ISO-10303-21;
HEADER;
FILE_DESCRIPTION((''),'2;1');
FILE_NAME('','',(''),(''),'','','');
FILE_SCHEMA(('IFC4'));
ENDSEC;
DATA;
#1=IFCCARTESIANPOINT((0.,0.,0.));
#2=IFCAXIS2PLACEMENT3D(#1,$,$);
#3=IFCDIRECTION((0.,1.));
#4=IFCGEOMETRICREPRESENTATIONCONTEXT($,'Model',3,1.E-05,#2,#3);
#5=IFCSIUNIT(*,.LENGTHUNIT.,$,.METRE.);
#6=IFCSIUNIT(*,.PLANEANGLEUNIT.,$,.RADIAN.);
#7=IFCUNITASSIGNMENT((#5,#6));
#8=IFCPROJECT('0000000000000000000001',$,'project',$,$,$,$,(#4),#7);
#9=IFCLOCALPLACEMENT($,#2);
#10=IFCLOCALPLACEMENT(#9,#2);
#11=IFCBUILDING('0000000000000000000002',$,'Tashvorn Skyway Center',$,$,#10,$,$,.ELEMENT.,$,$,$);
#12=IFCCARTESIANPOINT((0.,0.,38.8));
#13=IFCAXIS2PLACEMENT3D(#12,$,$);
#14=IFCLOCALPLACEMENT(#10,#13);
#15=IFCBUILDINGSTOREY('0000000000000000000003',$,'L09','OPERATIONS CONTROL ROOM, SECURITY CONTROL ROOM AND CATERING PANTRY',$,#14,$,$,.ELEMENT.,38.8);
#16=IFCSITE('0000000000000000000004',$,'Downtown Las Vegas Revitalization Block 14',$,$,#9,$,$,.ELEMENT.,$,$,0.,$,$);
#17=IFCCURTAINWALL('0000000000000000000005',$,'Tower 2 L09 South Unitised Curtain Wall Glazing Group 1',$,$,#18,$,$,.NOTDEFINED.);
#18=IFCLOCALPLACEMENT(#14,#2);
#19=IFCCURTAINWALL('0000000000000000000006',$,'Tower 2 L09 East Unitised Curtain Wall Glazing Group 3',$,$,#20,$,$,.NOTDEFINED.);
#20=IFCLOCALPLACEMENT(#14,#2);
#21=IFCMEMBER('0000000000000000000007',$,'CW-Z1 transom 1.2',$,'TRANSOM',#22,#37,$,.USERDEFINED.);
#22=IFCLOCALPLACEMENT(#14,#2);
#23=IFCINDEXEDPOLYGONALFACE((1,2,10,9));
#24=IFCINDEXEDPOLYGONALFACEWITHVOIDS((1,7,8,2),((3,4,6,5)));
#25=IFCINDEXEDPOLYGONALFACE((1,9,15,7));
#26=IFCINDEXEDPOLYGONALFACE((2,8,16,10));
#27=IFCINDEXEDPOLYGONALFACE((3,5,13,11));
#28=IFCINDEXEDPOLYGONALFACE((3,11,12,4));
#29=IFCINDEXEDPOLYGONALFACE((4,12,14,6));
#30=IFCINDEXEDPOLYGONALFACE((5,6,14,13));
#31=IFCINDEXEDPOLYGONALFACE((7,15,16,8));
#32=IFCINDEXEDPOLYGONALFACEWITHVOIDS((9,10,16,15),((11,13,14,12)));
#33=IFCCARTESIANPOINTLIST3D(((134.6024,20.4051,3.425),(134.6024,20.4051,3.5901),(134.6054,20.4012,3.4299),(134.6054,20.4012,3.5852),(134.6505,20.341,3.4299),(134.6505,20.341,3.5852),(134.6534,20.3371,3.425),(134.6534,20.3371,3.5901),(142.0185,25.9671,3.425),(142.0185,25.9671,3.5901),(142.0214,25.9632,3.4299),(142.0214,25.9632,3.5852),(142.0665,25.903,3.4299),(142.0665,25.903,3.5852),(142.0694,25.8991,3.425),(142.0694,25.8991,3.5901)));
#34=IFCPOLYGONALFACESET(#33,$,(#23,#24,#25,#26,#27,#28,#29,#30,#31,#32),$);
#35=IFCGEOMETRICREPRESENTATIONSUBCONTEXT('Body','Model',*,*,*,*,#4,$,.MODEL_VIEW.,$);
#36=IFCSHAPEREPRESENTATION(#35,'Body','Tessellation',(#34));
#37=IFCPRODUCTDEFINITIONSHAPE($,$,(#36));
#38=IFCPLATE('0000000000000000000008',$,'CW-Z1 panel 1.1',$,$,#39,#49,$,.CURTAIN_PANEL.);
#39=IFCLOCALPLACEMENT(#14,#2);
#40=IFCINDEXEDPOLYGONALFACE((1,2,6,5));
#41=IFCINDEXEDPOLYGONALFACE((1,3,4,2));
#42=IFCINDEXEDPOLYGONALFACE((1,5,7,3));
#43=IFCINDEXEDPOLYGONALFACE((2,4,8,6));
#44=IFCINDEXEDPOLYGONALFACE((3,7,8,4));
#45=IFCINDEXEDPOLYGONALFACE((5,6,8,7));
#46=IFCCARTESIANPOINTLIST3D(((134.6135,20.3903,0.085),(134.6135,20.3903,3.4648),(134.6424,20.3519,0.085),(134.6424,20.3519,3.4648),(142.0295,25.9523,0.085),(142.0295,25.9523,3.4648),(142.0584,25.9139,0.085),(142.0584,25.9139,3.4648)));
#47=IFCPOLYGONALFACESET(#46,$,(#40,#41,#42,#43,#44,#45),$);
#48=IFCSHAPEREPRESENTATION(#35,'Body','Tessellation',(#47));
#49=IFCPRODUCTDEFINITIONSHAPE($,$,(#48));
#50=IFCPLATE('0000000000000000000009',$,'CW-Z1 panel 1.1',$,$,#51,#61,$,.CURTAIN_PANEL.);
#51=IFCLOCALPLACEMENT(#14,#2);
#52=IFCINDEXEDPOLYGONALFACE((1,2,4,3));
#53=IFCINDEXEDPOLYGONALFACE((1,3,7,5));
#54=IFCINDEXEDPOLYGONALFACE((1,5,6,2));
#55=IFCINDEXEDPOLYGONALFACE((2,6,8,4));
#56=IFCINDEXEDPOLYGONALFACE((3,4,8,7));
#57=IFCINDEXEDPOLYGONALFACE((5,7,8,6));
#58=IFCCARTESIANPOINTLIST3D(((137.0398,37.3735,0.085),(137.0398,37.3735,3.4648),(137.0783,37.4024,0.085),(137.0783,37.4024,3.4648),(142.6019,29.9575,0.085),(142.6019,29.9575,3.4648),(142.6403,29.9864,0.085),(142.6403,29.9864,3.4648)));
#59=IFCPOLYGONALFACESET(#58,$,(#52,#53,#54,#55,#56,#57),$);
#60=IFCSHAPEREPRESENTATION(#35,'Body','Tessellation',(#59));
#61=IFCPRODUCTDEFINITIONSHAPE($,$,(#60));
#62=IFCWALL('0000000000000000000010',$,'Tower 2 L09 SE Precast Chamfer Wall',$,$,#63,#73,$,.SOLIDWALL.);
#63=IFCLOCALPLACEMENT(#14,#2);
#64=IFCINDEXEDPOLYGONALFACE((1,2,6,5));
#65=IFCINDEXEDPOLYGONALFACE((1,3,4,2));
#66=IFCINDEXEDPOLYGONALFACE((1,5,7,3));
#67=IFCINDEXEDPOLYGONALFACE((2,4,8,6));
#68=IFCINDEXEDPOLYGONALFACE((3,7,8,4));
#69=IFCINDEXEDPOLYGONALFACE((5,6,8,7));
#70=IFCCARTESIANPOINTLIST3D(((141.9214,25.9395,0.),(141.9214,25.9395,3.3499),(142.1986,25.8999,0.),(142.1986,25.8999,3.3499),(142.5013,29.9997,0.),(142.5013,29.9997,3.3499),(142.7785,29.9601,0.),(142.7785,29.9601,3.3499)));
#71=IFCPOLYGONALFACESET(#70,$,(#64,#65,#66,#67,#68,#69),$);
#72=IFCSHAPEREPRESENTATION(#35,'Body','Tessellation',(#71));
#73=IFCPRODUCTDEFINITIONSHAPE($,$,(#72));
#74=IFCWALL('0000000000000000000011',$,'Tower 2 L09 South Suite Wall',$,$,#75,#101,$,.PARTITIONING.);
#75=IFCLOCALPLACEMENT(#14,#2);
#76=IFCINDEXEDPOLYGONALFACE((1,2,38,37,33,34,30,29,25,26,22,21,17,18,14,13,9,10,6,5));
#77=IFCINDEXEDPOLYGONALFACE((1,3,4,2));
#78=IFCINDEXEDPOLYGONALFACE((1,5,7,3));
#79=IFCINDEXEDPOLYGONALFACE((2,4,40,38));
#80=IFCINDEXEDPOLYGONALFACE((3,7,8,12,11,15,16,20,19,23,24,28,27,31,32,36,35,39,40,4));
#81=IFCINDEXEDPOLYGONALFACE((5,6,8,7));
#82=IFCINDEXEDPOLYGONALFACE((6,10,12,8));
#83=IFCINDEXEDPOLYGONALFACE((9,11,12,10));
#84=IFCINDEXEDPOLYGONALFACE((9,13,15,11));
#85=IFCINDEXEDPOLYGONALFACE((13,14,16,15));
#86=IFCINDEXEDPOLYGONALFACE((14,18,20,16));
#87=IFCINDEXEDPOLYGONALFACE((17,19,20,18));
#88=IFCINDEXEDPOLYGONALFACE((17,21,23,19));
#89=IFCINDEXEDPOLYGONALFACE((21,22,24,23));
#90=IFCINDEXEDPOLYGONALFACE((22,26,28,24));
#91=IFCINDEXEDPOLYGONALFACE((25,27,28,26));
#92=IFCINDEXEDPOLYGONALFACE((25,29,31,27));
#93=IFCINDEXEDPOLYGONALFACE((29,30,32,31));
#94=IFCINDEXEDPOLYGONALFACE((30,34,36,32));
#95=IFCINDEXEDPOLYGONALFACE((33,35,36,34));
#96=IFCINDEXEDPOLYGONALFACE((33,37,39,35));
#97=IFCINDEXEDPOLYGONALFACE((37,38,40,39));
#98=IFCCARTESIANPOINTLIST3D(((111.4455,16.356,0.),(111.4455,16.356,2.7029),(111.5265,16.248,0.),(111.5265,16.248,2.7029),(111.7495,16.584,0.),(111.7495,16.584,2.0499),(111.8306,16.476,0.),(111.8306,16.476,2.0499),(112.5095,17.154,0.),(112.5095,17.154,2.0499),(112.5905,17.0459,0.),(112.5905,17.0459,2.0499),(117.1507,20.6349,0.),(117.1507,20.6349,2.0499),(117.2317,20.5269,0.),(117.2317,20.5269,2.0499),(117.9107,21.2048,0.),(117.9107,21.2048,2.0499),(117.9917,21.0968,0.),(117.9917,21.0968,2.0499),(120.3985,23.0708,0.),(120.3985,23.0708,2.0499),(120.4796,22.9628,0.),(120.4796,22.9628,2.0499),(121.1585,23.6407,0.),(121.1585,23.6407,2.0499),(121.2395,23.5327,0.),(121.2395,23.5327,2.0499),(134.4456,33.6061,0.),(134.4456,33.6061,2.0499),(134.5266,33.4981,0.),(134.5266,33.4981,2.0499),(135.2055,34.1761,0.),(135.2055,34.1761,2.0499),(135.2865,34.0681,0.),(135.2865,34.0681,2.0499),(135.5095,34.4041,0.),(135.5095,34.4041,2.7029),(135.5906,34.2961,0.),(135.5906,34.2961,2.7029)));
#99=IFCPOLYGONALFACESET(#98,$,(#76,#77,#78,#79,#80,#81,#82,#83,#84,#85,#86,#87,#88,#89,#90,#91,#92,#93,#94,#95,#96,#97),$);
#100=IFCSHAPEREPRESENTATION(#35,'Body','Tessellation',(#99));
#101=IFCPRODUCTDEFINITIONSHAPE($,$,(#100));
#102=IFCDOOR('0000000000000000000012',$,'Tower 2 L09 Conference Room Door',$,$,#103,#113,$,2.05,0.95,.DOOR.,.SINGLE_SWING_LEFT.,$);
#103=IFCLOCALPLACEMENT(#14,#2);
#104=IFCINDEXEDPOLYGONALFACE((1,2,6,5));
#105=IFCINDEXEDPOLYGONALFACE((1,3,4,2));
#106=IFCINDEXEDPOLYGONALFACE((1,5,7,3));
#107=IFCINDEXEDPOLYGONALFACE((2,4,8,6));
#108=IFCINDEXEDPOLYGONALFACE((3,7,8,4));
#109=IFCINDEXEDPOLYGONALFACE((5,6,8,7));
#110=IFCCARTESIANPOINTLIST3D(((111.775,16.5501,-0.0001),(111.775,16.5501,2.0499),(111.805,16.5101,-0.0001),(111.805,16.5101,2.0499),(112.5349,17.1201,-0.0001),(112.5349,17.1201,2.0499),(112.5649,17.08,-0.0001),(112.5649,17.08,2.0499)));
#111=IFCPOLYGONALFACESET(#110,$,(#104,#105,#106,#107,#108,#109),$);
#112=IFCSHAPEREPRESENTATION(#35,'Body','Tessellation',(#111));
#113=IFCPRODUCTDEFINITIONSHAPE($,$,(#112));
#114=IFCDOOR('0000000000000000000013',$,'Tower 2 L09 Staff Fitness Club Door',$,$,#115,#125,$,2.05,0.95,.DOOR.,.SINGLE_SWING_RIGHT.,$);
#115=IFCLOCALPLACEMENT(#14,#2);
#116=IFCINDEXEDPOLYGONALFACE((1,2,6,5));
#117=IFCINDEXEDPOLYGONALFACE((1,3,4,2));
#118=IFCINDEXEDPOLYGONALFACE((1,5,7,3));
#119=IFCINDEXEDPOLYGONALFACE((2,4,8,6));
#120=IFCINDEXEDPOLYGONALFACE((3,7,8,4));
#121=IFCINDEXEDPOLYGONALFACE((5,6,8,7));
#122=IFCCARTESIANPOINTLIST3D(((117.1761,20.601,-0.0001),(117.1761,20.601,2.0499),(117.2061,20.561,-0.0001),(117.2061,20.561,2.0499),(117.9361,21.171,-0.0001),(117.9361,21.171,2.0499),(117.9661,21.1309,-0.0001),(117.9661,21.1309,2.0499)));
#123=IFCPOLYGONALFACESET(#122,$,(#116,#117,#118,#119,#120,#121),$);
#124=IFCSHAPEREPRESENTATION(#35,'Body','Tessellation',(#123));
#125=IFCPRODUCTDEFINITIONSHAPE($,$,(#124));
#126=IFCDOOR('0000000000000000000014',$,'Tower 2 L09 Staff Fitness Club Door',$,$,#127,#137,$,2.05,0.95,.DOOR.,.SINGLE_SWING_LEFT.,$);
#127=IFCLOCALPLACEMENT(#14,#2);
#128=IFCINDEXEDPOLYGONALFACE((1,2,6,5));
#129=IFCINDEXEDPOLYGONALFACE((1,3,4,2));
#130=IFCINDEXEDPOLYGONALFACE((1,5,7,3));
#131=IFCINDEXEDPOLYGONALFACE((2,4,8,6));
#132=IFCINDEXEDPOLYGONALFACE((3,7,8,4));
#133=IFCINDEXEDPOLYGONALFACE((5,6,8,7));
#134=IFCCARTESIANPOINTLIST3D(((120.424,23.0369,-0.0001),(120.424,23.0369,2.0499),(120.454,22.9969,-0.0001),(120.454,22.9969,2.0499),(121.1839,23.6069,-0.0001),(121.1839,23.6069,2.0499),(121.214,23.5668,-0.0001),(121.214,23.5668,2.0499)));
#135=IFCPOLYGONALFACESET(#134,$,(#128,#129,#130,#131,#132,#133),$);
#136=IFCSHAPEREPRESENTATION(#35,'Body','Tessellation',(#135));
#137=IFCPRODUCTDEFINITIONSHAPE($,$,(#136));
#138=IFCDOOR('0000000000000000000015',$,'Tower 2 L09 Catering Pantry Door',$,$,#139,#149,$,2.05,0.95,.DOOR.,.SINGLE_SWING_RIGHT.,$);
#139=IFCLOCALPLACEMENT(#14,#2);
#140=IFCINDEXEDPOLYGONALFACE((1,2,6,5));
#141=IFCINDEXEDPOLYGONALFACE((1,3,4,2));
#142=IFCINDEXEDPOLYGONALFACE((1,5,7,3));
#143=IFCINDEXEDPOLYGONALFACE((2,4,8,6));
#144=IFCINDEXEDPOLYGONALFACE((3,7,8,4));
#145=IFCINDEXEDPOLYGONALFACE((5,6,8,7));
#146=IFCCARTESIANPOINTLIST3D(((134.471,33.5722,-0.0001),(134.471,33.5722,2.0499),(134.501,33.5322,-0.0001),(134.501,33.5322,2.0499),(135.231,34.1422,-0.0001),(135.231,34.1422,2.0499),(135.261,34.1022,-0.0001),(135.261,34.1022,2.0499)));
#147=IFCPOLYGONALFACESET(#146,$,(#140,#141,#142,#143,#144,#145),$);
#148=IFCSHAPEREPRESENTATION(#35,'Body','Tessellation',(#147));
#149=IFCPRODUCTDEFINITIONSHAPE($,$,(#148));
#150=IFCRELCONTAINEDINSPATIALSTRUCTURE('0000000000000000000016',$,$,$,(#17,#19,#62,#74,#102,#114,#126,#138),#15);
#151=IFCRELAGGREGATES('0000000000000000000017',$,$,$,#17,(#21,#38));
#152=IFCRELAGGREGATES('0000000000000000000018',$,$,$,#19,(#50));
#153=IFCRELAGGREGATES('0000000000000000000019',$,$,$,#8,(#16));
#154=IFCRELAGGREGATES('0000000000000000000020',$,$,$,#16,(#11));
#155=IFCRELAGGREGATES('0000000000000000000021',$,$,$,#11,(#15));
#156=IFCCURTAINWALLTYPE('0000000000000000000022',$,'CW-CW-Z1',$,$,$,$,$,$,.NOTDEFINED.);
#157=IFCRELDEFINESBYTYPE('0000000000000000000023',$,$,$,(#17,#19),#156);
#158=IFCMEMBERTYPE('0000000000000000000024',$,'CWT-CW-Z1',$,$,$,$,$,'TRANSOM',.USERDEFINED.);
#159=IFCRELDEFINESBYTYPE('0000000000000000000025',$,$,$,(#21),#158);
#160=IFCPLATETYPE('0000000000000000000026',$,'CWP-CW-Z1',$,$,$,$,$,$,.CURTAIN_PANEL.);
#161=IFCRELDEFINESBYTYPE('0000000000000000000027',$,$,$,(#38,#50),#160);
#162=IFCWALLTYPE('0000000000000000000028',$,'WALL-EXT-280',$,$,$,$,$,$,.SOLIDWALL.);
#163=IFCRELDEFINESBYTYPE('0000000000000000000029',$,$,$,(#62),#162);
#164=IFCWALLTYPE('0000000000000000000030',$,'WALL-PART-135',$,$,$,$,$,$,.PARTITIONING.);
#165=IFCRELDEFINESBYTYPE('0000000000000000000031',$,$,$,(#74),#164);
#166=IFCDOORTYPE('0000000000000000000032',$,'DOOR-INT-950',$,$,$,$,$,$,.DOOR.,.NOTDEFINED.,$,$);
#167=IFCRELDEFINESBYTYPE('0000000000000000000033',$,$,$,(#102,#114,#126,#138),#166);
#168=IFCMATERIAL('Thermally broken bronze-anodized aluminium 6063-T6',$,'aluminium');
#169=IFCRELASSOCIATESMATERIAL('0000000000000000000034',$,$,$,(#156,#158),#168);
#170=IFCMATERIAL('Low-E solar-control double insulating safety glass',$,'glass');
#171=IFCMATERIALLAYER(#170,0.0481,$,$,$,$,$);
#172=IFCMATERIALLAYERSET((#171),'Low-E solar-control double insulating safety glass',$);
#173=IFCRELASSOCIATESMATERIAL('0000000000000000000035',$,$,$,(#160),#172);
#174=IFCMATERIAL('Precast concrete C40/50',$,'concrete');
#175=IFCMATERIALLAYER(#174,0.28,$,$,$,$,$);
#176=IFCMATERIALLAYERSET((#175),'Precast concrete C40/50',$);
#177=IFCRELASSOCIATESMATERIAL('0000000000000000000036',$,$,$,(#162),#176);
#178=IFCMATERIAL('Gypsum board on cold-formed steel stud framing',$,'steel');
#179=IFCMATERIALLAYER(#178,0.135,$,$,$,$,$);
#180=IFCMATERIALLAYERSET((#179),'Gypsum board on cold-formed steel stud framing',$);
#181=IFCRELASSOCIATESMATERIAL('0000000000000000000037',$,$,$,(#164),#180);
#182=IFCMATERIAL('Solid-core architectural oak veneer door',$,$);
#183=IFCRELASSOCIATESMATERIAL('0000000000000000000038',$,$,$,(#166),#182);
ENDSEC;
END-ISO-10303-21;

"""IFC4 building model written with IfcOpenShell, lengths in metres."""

from ifc_helpers import new_model, si_unit, direction, frame, frame_2d, origin, origin_2d, place, context, subcontext, project, spatial, rectangle, hollow_rectangle, extrude, material, layer, layer_set, material_profile, profile_set, type_object, element, fill, aggregate, save


model = new_model("IFC4")

# Units and contexts
model_context = context("Model", 3, precision=1e-05, world=origin(), true_north=direction((0.0, 1.0)))
body_context = subcontext(model_context, "Body", "Model", "MODEL_VIEW")
ifc_project = project(units=[si_unit("LENGTHUNIT", "METRE"), si_unit("PLANEANGLEUNIT", "RADIAN")], contexts=[model_context])

# Site, building, storey
site_placement = place(None, origin())
site = spatial("IfcSite", under=ifc_project, at=site_placement, Name="Downtown Las Vegas Revitalization Block 14", CompositionType="ELEMENT", RefElevation=0.0)
building_placement = place(site_placement, origin())
building = spatial("IfcBuilding", under=site, at=building_placement, Name="Tashvorn Skyway Center", CompositionType="ELEMENT")
storey_placement = place(building_placement, frame((0.0, 0.0, 38.8)))
storey = spatial("IfcBuildingStorey", under=building, at=storey_placement, Name="L09", Description="OPERATIONS CONTROL ROOM, SECURITY CONTROL ROOM AND CATERING PANTRY", CompositionType="ELEMENT", Elevation=38.8)

# Curtain wall
ifc_material_1 = material(Name="Thermally broken bronze-anodized aluminium 6063-T6", Category="aluminium")
curtain_wall_type = type_object("IfcCurtainWallType", Name="CW-CW-Z1", PredefinedType="NOTDEFINED", material=ifc_material_1)
curtain_wall_1_placement = place(storey_placement, origin())
curtain_wall_1 = element("IfcCurtainWall", 1, at=curtain_wall_1_placement, inside=storey, type_object=curtain_wall_type, Name="Tower 2 L09 South Unitised Curtain Wall Glazing Group 1", PredefinedType="NOTDEFINED")

# Curtain wall
curtain_wall_2_placement = place(storey_placement, origin())
curtain_wall_2 = element("IfcCurtainWall", 2, at=curtain_wall_2_placement, inside=storey, type_object=curtain_wall_type, Name="Tower 2 L09 East Unitised Curtain Wall Glazing Group 3", PredefinedType="NOTDEFINED")

# Member
ifc_material_profile_1 = material_profile(ifc_material_1, hollow_rectangle(XDim=0.085, YDim=0.165, WallThickness=0.0049, at=origin_2d()), Name="ALU-TRAN-85x165")
ifc_profile_set_1 = profile_set([ifc_material_profile_1], Name="Thermally broken bronze-anodized aluminium 6063-T6")
member_type_1 = type_object("IfcMemberType", Name="CWT-CW-Z1", ElementType="TRANSOM", PredefinedType="USERDEFINED", material=ifc_profile_set_1)
member_1_placement = place(storey_placement, frame((142.0439, 25.9331, 3.5076), z_axis=(-0.8, -0.6, 0.0), x_axis=(0.6, -0.8, 0.0)))
member_1 = element("IfcMember", 3, at=member_1_placement, type_object=member_type_1, Name="CW-Z1 transom 1.2", ObjectType="TRANSOM", PredefinedType="USERDEFINED", context=body_context, shape_type="SweptSolid", body=[
    extrude(hollow_rectangle(XDim=0.085, YDim=0.165, WallThickness=0.0049, at=origin_2d()), origin(), (0.0, 0.0, 1.0), 9.27),
])

# Plates
ifc_material_2 = material(Name="Low-E solar-control double insulating safety glass", Category="glass")
ifc_layer_1 = layer(ifc_material_2, 0.0481)
ifc_layer_set_1 = layer_set([ifc_layer_1], Name="Low-E solar-control double insulating safety glass")
plate_type = type_object("IfcPlateType", Name="CWP-CW-Z1", PredefinedType="CURTAIN_PANEL", material=ifc_layer_set_1)
plate_1_placement = place(storey_placement, frame((138.3359, 23.1521, 0.085), z_axis=(0.0, 0.0, 1.0), x_axis=(-0.8, -0.6, 0.0)))
plate_1 = element("IfcPlate", 4, at=plate_1_placement, type_object=plate_type, Name="CW-Z1 panel 1.1", PredefinedType="CURTAIN_PANEL", context=body_context, shape_type="SweptSolid", body=[
    extrude(rectangle(XDim=9.27, YDim=0.0481, at=origin_2d()), origin(), (0.0, 0.0, 1.0), 3.3799),
])
aggregate(curtain_wall_1, [member_1, plate_1])
plate_2_placement = place(storey_placement, frame((139.8401, 33.6799, 0.085), z_axis=(0.0, 0.0, 1.0), x_axis=(0.6, -0.8, 0.0)))
plate_2 = element("IfcPlate", 5, at=plate_2_placement, type_object=plate_type, Name="CW-Z1 panel 1.1", PredefinedType="CURTAIN_PANEL", context=body_context, shape_type="SweptSolid", body=[
    extrude(rectangle(XDim=9.27, YDim=0.0481, at=origin_2d()), origin(), (0.0, 0.0, 1.0), 3.3799),
])
aggregate(curtain_wall_2, [plate_2])

# Wall
ifc_material_3 = material(Name="Precast concrete C40/50", Category="concrete")
ifc_layer_2 = layer(ifc_material_3, 0.28)
ifc_layer_set_2 = layer_set([ifc_layer_2], Name="Precast concrete C40/50")
wall_type_1 = type_object("IfcWallType", Name="WALL-EXT-280", PredefinedType="SOLIDWALL", material=ifc_layer_set_2)
wall_1_placement = place(storey_placement, frame((142.6399, 29.98, 0.0), z_axis=(0.0, 0.0, 1.0), x_axis=(-0.14138, -0.989955, 0.0)))
element("IfcWall", 6, at=wall_1_placement, inside=storey, type_object=wall_type_1, Name="Tower 2 L09 SE Precast Chamfer Wall", PredefinedType="SOLIDWALL", context=body_context, shape_type="SweptSolid", body=[
    extrude(rectangle(XDim=4.1013, YDim=0.28, at=frame_2d((2.0508, 0.0))), origin(), (0.0, 0.0, 1.0), 3.3499),
])

# Wall, openings, doors
ifc_material_4 = material(Name="Gypsum board on cold-formed steel stud framing", Category="steel")
ifc_layer_3 = layer(ifc_material_4, 0.135)
ifc_layer_set_3 = layer_set([ifc_layer_3], Name="Gypsum board on cold-formed steel stud framing")
wall_type_2 = type_object("IfcWallType", Name="WALL-PART-135", PredefinedType="PARTITIONING", material=ifc_layer_set_3)
wall_2_placement = place(storey_placement, frame((135.55, 34.3501, 0.0), z_axis=(0.0, 0.0, 1.0), x_axis=(-0.799998, -0.600003, 0.0)))
wall_2 = element("IfcWall", 7, at=wall_2_placement, inside=storey, type_object=wall_type_2, Name="Tower 2 L09 South Suite Wall", PredefinedType="PARTITIONING", context=body_context, shape_type="SweptSolid", body=[
    extrude(rectangle(XDim=30.0801, YDim=0.135, at=frame_2d((15.04, 0.0))), origin(), (0.0, 0.0, 1.0), 2.7029),
])
opening_1_placement = place(wall_2_placement, frame((28.75, 0.0, 0.0)))
opening_1 = element("IfcOpeningElement", 8, at=opening_1_placement, cuts=wall_2, PredefinedType="OPENING", context=body_context, shape_type="SweptSolid", body=[
    extrude(rectangle(XDim=0.95, YDim=2.05, at=frame_2d((0.4751, 1.0249))), frame((0.0, 0.0774, 0.0), z_axis=(0.0, -1.0, 0.0), x_axis=(1.0, 0.0, 0.0)), (0.0, 0.0, 1.0), 0.155),
])
opening_2_placement = place(wall_2_placement, frame((21.9985, 0.0, 0.0)))
opening_2 = element("IfcOpeningElement", 9, at=opening_2_placement, cuts=wall_2, PredefinedType="OPENING", context=body_context, shape_type="SweptSolid", body=[
    extrude(rectangle(XDim=0.95, YDim=2.05, at=frame_2d((0.4751, 1.0249))), frame((0.0, 0.0774, 0.0), z_axis=(0.0, -1.0, 0.0), x_axis=(1.0, 0.0, 0.0)), (0.0, 0.0, 1.0), 0.155),
])
opening_3_placement = place(wall_2_placement, frame((17.9387, 0.0, 0.0)))
opening_3 = element("IfcOpeningElement", 10, at=opening_3_placement, cuts=wall_2, PredefinedType="OPENING", context=body_context, shape_type="SweptSolid", body=[
    extrude(rectangle(XDim=0.95, YDim=2.05, at=frame_2d((0.4751, 1.0249))), frame((0.0, 0.0774, 0.0), z_axis=(0.0, -1.0, 0.0), x_axis=(1.0, 0.0, 0.0)), (0.0, 0.0, 1.0), 0.155),
])
opening_4_placement = place(wall_2_placement, frame((0.3799, 0.0, 0.0)))
opening_4 = element("IfcOpeningElement", 11, at=opening_4_placement, cuts=wall_2, PredefinedType="OPENING", context=body_context, shape_type="SweptSolid", body=[
    extrude(rectangle(XDim=0.95, YDim=2.05, at=frame_2d((0.4751, 1.0249))), frame((0.0, 0.0774, 0.0), z_axis=(0.0, -1.0, 0.0), x_axis=(1.0, 0.0, 0.0)), (0.0, 0.0, 1.0), 0.155),
])
ifc_material_5 = material(Name="Solid-core architectural oak veneer door")
door_type = type_object("IfcDoorType", Name="DOOR-INT-950", OperationType="NOTDEFINED", PredefinedType="DOOR", material=ifc_material_5)
door_1_placement = place(opening_1_placement, origin())
door_1 = element("IfcDoor", 12, at=door_1_placement, inside=storey, type_object=door_type, Name="Tower 2 L09 Conference Room Door", OperationType="SINGLE_SWING_LEFT", OverallHeight=2.05, OverallWidth=0.95, PredefinedType="DOOR", context=body_context, shape_type="SweptSolid", body=[
    extrude(rectangle(XDim=0.95, YDim=2.05, at=frame_2d((0.4751, 1.0249))), frame((0.0, 0.0249, 0.0), z_axis=(0.0, -1.0, 0.0), x_axis=(1.0, 0.0, 0.0)), (0.0, 0.0, 1.0), 0.05),
])
fill(opening_1, door_1)
door_2_placement = place(opening_2_placement, origin())
door_2 = element("IfcDoor", 13, at=door_2_placement, inside=storey, type_object=door_type, Name="Tower 2 L09 Staff Fitness Club Door", OperationType="SINGLE_SWING_RIGHT", OverallHeight=2.05, OverallWidth=0.95, PredefinedType="DOOR", context=body_context, shape_type="SweptSolid", body=[
    extrude(rectangle(XDim=0.95, YDim=2.05, at=frame_2d((0.4751, 1.0249))), frame((0.0, 0.0249, 0.0), z_axis=(0.0, -1.0, 0.0), x_axis=(1.0, 0.0, 0.0)), (0.0, 0.0, 1.0), 0.05),
])
fill(opening_2, door_2)
door_3_placement = place(opening_3_placement, origin())
door_3 = element("IfcDoor", 14, at=door_3_placement, inside=storey, type_object=door_type, Name="Tower 2 L09 Staff Fitness Club Door", OperationType="SINGLE_SWING_LEFT", OverallHeight=2.05, OverallWidth=0.95, PredefinedType="DOOR", context=body_context, shape_type="SweptSolid", body=[
    extrude(rectangle(XDim=0.95, YDim=2.05, at=frame_2d((0.4751, 1.0249))), frame((0.0, 0.0249, 0.0), z_axis=(0.0, -1.0, 0.0), x_axis=(1.0, 0.0, 0.0)), (0.0, 0.0, 1.0), 0.05),
])
fill(opening_3, door_3)
door_4_placement = place(opening_4_placement, origin())
door_4 = element("IfcDoor", 15, at=door_4_placement, inside=storey, type_object=door_type, Name="Tower 2 L09 Catering Pantry Door", OperationType="SINGLE_SWING_RIGHT", OverallHeight=2.05, OverallWidth=0.95, PredefinedType="DOOR", context=body_context, shape_type="SweptSolid", body=[
    extrude(rectangle(XDim=0.95, YDim=2.05, at=frame_2d((0.4751, 1.0249))), frame((0.0, 0.0249, 0.0), z_axis=(0.0, -1.0, 0.0), x_axis=(1.0, 0.0, 0.0)), (0.0, 0.0, 1.0), 0.05),
])
fill(opening_4, door_4)

save(model, "model.ifc")
